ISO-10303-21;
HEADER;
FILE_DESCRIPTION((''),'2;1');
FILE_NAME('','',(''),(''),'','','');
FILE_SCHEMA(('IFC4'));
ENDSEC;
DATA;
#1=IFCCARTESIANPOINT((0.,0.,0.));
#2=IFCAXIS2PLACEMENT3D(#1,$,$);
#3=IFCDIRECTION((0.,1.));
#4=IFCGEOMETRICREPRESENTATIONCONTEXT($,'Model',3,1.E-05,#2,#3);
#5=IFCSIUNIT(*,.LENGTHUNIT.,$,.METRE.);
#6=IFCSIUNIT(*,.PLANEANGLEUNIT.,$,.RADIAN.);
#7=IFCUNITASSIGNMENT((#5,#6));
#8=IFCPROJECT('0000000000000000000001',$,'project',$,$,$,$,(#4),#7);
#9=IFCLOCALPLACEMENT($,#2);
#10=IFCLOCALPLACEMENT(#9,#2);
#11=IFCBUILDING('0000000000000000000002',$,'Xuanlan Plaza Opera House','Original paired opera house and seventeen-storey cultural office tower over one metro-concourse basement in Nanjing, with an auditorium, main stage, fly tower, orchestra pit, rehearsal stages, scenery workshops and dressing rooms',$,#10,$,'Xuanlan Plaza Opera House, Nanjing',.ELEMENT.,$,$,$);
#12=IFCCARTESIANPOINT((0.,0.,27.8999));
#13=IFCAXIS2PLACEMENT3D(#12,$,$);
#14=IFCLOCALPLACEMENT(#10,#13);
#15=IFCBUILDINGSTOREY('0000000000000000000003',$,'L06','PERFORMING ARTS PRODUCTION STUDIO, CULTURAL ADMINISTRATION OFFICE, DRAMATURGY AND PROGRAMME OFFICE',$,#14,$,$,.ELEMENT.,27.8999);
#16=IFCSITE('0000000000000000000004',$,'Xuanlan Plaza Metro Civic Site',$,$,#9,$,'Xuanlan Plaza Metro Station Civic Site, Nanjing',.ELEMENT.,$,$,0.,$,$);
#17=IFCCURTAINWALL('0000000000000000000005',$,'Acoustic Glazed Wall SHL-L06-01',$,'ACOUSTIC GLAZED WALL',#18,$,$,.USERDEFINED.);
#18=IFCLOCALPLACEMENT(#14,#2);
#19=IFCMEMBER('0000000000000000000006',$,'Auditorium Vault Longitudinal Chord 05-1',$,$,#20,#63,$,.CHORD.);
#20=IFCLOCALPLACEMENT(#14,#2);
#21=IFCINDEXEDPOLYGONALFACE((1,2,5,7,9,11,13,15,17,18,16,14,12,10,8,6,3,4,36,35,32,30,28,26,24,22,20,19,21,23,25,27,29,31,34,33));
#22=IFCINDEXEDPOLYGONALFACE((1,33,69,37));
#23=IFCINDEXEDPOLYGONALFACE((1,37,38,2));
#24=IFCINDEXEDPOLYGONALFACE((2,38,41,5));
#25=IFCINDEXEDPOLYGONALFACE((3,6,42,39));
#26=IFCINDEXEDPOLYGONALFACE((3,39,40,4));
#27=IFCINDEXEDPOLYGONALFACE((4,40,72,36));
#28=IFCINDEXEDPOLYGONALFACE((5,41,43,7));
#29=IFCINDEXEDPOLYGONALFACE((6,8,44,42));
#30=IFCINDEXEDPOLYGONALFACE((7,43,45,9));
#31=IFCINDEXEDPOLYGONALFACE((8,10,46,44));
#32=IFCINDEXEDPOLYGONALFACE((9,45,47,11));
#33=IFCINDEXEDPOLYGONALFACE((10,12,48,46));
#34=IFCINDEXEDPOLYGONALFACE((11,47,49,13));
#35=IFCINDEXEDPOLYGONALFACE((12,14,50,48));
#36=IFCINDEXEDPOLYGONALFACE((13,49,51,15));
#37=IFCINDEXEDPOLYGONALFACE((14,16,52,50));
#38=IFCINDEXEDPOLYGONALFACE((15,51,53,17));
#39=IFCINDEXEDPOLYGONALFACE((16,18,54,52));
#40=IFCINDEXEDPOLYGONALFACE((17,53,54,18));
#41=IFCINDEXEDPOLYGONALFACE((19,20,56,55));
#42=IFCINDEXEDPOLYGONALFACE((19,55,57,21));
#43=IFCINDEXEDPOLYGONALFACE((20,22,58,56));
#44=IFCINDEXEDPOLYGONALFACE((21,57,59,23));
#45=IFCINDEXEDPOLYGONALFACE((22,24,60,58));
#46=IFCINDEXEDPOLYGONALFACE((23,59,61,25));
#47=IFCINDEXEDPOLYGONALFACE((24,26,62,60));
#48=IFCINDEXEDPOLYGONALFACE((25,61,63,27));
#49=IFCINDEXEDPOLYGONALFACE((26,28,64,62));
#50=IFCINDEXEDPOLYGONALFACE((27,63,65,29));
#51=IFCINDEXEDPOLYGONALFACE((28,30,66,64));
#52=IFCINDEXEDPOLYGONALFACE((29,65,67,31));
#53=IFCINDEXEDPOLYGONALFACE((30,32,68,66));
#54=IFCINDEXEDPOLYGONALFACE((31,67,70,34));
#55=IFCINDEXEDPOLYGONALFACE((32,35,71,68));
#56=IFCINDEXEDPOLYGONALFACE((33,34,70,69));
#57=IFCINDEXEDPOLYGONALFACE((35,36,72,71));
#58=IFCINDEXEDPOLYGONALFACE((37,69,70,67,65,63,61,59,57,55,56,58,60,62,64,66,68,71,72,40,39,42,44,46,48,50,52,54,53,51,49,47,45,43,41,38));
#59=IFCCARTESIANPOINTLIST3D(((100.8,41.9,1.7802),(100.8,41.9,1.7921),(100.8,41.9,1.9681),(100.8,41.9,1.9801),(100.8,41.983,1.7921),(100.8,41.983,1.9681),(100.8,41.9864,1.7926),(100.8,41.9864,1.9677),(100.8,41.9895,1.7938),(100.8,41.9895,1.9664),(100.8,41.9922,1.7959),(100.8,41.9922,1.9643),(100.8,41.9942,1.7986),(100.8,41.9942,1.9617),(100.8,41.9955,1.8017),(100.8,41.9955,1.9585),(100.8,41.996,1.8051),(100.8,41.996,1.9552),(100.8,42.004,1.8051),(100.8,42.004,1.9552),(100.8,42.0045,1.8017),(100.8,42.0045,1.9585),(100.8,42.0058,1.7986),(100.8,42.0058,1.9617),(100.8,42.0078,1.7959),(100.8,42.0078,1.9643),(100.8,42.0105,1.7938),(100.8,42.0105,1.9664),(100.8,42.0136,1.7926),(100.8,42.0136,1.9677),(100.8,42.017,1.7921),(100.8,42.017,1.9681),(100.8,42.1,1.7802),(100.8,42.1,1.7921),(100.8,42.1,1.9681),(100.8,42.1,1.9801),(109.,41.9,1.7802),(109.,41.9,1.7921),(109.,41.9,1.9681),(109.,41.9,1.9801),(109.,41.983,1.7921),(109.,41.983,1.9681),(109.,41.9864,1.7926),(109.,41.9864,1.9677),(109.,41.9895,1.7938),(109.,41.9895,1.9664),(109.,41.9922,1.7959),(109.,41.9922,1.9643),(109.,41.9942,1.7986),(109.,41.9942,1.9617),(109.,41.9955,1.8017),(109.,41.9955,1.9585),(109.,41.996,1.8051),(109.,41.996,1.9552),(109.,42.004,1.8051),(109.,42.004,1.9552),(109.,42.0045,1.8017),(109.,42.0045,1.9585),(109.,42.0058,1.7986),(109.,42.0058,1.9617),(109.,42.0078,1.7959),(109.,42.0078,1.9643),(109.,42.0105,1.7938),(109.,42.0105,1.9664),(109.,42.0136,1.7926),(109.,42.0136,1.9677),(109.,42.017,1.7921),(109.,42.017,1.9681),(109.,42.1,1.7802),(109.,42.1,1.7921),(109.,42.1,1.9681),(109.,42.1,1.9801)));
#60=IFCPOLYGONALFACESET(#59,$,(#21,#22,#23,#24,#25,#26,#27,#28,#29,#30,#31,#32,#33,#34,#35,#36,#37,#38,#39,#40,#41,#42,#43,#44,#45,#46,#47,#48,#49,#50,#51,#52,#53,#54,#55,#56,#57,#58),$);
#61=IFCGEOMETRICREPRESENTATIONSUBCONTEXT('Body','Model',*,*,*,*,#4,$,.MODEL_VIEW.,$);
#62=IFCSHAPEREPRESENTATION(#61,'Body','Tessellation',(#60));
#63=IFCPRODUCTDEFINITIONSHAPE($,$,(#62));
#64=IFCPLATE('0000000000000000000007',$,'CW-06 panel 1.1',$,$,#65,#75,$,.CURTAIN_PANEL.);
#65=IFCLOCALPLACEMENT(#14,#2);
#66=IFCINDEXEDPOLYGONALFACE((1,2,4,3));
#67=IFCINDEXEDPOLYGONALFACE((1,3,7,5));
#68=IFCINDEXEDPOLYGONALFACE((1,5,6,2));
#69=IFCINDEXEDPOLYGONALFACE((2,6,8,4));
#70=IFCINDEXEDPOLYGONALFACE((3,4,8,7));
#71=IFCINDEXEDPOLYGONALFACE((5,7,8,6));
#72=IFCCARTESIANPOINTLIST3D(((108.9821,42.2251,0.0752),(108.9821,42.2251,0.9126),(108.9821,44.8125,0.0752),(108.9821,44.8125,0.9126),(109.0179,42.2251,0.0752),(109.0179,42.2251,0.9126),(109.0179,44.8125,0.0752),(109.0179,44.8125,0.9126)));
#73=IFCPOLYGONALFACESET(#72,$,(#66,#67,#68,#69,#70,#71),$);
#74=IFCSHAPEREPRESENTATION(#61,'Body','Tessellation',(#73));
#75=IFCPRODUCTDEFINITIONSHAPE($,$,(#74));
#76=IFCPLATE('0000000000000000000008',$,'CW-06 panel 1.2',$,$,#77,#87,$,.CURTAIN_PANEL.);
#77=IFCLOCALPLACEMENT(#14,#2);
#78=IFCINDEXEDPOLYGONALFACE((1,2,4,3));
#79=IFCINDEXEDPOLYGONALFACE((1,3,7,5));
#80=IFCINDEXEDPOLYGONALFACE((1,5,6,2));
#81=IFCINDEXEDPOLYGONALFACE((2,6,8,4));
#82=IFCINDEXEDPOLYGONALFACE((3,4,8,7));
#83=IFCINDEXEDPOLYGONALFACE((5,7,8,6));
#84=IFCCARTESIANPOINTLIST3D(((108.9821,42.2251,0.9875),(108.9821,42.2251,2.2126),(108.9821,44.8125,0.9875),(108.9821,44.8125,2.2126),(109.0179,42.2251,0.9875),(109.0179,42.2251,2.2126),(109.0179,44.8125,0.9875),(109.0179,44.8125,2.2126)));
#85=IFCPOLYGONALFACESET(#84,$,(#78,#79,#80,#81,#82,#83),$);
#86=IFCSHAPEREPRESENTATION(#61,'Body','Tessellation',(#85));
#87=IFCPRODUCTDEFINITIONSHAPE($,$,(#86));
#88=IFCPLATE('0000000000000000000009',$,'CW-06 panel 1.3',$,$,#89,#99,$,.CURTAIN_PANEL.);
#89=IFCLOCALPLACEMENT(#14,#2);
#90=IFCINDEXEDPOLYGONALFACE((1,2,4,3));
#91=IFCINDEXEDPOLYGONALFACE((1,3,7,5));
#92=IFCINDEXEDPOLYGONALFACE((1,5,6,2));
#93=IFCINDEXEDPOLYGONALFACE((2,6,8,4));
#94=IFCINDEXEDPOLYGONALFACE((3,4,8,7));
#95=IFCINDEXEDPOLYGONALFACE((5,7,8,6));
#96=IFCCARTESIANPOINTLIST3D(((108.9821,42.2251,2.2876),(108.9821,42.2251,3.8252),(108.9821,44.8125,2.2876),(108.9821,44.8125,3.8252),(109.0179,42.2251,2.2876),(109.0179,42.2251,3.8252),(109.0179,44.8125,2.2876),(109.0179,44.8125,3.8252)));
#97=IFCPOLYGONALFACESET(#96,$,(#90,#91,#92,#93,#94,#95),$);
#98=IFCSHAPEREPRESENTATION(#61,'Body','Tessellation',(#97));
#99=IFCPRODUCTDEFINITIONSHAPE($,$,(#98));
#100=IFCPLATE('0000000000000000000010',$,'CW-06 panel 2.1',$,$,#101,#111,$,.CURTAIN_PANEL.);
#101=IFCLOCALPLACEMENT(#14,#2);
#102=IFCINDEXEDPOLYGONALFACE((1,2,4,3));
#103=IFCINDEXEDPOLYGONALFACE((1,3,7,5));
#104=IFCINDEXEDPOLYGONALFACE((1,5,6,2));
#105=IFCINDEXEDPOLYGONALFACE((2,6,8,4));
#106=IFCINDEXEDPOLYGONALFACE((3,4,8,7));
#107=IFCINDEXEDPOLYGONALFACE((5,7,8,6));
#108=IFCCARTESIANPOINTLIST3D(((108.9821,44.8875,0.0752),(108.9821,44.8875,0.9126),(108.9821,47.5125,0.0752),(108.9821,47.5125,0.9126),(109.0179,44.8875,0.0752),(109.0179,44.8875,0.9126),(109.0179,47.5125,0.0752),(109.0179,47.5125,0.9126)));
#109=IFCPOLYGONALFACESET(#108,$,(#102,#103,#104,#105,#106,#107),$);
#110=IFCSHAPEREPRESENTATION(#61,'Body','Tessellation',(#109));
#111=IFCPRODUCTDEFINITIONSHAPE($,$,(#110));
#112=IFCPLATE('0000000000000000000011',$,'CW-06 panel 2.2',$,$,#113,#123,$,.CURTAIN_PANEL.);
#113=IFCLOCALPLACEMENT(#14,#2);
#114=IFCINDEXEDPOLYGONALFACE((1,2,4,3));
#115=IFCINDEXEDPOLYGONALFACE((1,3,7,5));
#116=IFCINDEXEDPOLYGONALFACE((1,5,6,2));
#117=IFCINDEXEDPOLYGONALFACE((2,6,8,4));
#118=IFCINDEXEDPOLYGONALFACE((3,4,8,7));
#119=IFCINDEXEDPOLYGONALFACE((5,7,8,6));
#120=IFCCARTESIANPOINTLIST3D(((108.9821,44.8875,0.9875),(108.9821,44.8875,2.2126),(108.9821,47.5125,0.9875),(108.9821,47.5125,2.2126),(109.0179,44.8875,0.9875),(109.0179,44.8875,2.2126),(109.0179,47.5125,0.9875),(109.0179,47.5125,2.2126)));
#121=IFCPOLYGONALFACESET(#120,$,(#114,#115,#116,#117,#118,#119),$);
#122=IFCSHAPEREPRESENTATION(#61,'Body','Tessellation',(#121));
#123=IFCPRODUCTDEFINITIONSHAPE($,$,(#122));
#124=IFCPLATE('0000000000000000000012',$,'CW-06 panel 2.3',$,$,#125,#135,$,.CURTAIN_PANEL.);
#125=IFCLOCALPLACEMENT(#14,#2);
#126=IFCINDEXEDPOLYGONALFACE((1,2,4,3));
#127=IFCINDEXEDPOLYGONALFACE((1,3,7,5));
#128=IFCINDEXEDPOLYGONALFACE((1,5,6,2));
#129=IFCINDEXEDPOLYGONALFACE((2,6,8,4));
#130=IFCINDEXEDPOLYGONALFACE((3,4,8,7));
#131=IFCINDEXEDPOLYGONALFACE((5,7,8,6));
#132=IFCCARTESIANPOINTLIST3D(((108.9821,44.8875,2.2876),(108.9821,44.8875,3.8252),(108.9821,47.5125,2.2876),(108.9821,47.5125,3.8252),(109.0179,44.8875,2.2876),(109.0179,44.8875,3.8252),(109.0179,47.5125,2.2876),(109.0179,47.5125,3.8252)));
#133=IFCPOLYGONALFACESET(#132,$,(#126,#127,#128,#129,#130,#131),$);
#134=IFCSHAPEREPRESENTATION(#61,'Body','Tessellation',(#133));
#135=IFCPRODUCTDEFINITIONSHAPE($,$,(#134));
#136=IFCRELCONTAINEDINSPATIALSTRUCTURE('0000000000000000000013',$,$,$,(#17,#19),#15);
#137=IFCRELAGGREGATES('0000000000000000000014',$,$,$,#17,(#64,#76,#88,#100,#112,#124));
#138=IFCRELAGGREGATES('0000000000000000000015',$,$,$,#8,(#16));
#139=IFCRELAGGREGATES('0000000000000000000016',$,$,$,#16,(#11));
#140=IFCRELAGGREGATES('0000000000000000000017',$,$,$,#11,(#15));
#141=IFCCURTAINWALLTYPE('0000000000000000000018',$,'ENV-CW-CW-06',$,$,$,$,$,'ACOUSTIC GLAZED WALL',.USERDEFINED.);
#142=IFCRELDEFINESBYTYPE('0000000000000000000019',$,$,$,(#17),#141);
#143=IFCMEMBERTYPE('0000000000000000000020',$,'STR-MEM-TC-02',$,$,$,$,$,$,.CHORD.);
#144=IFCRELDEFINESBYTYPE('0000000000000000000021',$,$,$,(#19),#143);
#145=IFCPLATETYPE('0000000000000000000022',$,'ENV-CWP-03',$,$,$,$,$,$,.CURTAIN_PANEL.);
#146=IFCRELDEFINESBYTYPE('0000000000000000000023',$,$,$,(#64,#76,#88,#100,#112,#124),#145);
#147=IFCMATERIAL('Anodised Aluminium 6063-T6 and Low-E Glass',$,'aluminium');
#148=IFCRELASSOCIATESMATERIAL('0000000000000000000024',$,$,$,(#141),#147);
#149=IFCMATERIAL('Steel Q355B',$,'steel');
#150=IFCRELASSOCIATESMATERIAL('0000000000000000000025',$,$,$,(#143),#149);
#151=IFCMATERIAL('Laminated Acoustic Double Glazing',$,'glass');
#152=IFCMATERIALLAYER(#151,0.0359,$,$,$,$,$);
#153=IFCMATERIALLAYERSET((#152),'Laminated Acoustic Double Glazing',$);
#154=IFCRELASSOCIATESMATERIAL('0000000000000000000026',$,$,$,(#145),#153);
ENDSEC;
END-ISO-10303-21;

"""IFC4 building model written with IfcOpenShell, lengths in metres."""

from ifc_helpers import new_model, si_unit, direction, frame, origin, origin_2d, place, context, subcontext, project, spatial, rectangle, i_section, extrude, material, layer, layer_set, material_profile, profile_set, type_object, element, aggregate, save


model = new_model("IFC4")

# Units and contexts
model_context = context("Model", 3, precision=1e-05, world=origin(), true_north=direction((0.0, 1.0)))
body_context = subcontext(model_context, "Body", "Model", "MODEL_VIEW")
ifc_project = project(units=[si_unit("LENGTHUNIT", "METRE"), si_unit("PLANEANGLEUNIT", "RADIAN")], contexts=[model_context])

# Site, building, storey
site_placement = place(None, origin())
site = spatial("IfcSite", under=ifc_project, at=site_placement, Name="Xuanlan Plaza Metro Civic Site", LongName="Xuanlan Plaza Metro Station Civic Site, Nanjing", CompositionType="ELEMENT", RefElevation=0.0)
building_placement = place(site_placement, origin())
building = spatial("IfcBuilding", under=site, at=building_placement, Name="Xuanlan Plaza Opera House", Description="Original paired opera house and seventeen-storey cultural office tower over one metro-concourse basement in Nanjing, with an auditorium, main stage, fly tower, orchestra pit, rehearsal stages, scenery workshops and dressing rooms", LongName="Xuanlan Plaza Opera House, Nanjing", CompositionType="ELEMENT")
storey_placement = place(building_placement, frame((0.0, 0.0, 27.8999)))
storey = spatial("IfcBuildingStorey", under=building, at=storey_placement, Name="L06", Description="PERFORMING ARTS PRODUCTION STUDIO, CULTURAL ADMINISTRATION OFFICE, DRAMATURGY AND PROGRAMME OFFICE", CompositionType="ELEMENT", Elevation=27.8999)

# Curtain wall
ifc_material_1 = material(Name="Anodised Aluminium 6063-T6 and Low-E Glass", Category="aluminium")
curtain_wall_type = type_object("IfcCurtainWallType", Name="ENV-CW-CW-06", ElementType="ACOUSTIC GLAZED WALL", PredefinedType="USERDEFINED", material=ifc_material_1)
curtain_wall_placement = place(storey_placement, origin())
curtain_wall = element("IfcCurtainWall", 1, at=curtain_wall_placement, inside=storey, type_object=curtain_wall_type, Name="Acoustic Glazed Wall SHL-L06-01", ObjectType="ACOUSTIC GLAZED WALL", PredefinedType="USERDEFINED")

# Member
ifc_material_2 = material(Name="Steel Q355B", Category="steel")
ifc_material_profile_1 = material_profile(ifc_material_2, i_section(OverallWidth=0.2, OverallDepth=0.2, WebThickness=0.0081, FlangeThickness=0.012, FilletRadius=0.0129, at=origin_2d()), Name="HW 200x200x8x12")
ifc_profile_set_1 = profile_set([ifc_material_profile_1], Name="Steel Q355B")
member_type_1 = type_object("IfcMemberType", Name="STR-MEM-TC-02", PredefinedType="CHORD", material=ifc_profile_set_1)
member_1_placement = place(storey_placement, frame((100.8, 42.0, 1.8801), z_axis=(1.0, 0.0, 0.0), x_axis=(0.0, 1.0, 0.0)))
element("IfcMember", 2, at=member_1_placement, inside=storey, type_object=member_type_1, Name="Auditorium Vault Longitudinal Chord 05-1", PredefinedType="CHORD", context=body_context, shape_type="SweptSolid", body=[
    extrude(i_section(OverallWidth=0.2, OverallDepth=0.2, WebThickness=0.0081, FlangeThickness=0.012, FilletRadius=0.0129, at=origin_2d()), origin(), (0.0, 0.0, 1.0), 8.2),
])

# Plates
ifc_material_3 = material(Name="Laminated Acoustic Double Glazing", Category="glass")
ifc_layer = layer(ifc_material_3, 0.0359)
ifc_layer_set = layer_set([ifc_layer], Name="Laminated Acoustic Double Glazing")
plate_type = type_object("IfcPlateType", Name="ENV-CWP-03", PredefinedType="CURTAIN_PANEL", material=ifc_layer_set)
plate_1_placement = place(storey_placement, frame((109.0, 43.5188, 0.0752), z_axis=(0.0, 0.0, 1.0), x_axis=(0.0, 1.0, 0.0)))
plate_1 = element("IfcPlate", 3, at=plate_1_placement, type_object=plate_type, Name="CW-06 panel 1.1", PredefinedType="CURTAIN_PANEL", context=body_context, shape_type="SweptSolid", body=[
    extrude(rectangle(XDim=2.5874, YDim=0.0359, at=origin_2d()), origin(), (0.0, 0.0, 1.0), 0.8374),
])
plate_2_placement = place(storey_placement, frame((109.0, 43.5188, 0.9875), z_axis=(0.0, 0.0, 1.0), x_axis=(0.0, 1.0, 0.0)))
plate_2 = element("IfcPlate", 4, at=plate_2_placement, type_object=plate_type, Name="CW-06 panel 1.2", PredefinedType="CURTAIN_PANEL", context=body_context, shape_type="SweptSolid", body=[
    extrude(rectangle(XDim=2.5874, YDim=0.0359, at=origin_2d()), origin(), (0.0, 0.0, 1.0), 1.2251),
])
plate_3_placement = place(storey_placement, frame((109.0, 43.5188, 2.2876), z_axis=(0.0, 0.0, 1.0), x_axis=(0.0, 1.0, 0.0)))
plate_3 = element("IfcPlate", 5, at=plate_3_placement, type_object=plate_type, Name="CW-06 panel 1.3", PredefinedType="CURTAIN_PANEL", context=body_context, shape_type="SweptSolid", body=[
    extrude(rectangle(XDim=2.5874, YDim=0.0359, at=origin_2d()), origin(), (0.0, 0.0, 1.0), 1.5376),
])
plate_4_placement = place(storey_placement, frame((109.0, 46.2, 0.0752), z_axis=(0.0, 0.0, 1.0), x_axis=(0.0, 1.0, 0.0)))
plate_4 = element("IfcPlate", 6, at=plate_4_placement, type_object=plate_type, Name="CW-06 panel 2.1", PredefinedType="CURTAIN_PANEL", context=body_context, shape_type="SweptSolid", body=[
    extrude(rectangle(XDim=2.625, YDim=0.0359, at=origin_2d()), origin(), (0.0, 0.0, 1.0), 0.8374),
])
plate_5_placement = place(storey_placement, frame((109.0, 46.2, 0.9875), z_axis=(0.0, 0.0, 1.0), x_axis=(0.0, 1.0, 0.0)))
plate_5 = element("IfcPlate", 7, at=plate_5_placement, type_object=plate_type, Name="CW-06 panel 2.2", PredefinedType="CURTAIN_PANEL", context=body_context, shape_type="SweptSolid", body=[
    extrude(rectangle(XDim=2.625, YDim=0.0359, at=origin_2d()), origin(), (0.0, 0.0, 1.0), 1.2251),
])
plate_6_placement = place(storey_placement, frame((109.0, 46.2, 2.2876), z_axis=(0.0, 0.0, 1.0), x_axis=(0.0, 1.0, 0.0)))
plate_6 = element("IfcPlate", 8, at=plate_6_placement, type_object=plate_type, Name="CW-06 panel 2.3", PredefinedType="CURTAIN_PANEL", context=body_context, shape_type="SweptSolid", body=[
    extrude(rectangle(XDim=2.625, YDim=0.0359, at=origin_2d()), origin(), (0.0, 0.0, 1.0), 1.5376),
])
aggregate(curtain_wall, [plate_1, plate_2, plate_3, plate_4, plate_5, plate_6])

save(model, "model.ifc")
